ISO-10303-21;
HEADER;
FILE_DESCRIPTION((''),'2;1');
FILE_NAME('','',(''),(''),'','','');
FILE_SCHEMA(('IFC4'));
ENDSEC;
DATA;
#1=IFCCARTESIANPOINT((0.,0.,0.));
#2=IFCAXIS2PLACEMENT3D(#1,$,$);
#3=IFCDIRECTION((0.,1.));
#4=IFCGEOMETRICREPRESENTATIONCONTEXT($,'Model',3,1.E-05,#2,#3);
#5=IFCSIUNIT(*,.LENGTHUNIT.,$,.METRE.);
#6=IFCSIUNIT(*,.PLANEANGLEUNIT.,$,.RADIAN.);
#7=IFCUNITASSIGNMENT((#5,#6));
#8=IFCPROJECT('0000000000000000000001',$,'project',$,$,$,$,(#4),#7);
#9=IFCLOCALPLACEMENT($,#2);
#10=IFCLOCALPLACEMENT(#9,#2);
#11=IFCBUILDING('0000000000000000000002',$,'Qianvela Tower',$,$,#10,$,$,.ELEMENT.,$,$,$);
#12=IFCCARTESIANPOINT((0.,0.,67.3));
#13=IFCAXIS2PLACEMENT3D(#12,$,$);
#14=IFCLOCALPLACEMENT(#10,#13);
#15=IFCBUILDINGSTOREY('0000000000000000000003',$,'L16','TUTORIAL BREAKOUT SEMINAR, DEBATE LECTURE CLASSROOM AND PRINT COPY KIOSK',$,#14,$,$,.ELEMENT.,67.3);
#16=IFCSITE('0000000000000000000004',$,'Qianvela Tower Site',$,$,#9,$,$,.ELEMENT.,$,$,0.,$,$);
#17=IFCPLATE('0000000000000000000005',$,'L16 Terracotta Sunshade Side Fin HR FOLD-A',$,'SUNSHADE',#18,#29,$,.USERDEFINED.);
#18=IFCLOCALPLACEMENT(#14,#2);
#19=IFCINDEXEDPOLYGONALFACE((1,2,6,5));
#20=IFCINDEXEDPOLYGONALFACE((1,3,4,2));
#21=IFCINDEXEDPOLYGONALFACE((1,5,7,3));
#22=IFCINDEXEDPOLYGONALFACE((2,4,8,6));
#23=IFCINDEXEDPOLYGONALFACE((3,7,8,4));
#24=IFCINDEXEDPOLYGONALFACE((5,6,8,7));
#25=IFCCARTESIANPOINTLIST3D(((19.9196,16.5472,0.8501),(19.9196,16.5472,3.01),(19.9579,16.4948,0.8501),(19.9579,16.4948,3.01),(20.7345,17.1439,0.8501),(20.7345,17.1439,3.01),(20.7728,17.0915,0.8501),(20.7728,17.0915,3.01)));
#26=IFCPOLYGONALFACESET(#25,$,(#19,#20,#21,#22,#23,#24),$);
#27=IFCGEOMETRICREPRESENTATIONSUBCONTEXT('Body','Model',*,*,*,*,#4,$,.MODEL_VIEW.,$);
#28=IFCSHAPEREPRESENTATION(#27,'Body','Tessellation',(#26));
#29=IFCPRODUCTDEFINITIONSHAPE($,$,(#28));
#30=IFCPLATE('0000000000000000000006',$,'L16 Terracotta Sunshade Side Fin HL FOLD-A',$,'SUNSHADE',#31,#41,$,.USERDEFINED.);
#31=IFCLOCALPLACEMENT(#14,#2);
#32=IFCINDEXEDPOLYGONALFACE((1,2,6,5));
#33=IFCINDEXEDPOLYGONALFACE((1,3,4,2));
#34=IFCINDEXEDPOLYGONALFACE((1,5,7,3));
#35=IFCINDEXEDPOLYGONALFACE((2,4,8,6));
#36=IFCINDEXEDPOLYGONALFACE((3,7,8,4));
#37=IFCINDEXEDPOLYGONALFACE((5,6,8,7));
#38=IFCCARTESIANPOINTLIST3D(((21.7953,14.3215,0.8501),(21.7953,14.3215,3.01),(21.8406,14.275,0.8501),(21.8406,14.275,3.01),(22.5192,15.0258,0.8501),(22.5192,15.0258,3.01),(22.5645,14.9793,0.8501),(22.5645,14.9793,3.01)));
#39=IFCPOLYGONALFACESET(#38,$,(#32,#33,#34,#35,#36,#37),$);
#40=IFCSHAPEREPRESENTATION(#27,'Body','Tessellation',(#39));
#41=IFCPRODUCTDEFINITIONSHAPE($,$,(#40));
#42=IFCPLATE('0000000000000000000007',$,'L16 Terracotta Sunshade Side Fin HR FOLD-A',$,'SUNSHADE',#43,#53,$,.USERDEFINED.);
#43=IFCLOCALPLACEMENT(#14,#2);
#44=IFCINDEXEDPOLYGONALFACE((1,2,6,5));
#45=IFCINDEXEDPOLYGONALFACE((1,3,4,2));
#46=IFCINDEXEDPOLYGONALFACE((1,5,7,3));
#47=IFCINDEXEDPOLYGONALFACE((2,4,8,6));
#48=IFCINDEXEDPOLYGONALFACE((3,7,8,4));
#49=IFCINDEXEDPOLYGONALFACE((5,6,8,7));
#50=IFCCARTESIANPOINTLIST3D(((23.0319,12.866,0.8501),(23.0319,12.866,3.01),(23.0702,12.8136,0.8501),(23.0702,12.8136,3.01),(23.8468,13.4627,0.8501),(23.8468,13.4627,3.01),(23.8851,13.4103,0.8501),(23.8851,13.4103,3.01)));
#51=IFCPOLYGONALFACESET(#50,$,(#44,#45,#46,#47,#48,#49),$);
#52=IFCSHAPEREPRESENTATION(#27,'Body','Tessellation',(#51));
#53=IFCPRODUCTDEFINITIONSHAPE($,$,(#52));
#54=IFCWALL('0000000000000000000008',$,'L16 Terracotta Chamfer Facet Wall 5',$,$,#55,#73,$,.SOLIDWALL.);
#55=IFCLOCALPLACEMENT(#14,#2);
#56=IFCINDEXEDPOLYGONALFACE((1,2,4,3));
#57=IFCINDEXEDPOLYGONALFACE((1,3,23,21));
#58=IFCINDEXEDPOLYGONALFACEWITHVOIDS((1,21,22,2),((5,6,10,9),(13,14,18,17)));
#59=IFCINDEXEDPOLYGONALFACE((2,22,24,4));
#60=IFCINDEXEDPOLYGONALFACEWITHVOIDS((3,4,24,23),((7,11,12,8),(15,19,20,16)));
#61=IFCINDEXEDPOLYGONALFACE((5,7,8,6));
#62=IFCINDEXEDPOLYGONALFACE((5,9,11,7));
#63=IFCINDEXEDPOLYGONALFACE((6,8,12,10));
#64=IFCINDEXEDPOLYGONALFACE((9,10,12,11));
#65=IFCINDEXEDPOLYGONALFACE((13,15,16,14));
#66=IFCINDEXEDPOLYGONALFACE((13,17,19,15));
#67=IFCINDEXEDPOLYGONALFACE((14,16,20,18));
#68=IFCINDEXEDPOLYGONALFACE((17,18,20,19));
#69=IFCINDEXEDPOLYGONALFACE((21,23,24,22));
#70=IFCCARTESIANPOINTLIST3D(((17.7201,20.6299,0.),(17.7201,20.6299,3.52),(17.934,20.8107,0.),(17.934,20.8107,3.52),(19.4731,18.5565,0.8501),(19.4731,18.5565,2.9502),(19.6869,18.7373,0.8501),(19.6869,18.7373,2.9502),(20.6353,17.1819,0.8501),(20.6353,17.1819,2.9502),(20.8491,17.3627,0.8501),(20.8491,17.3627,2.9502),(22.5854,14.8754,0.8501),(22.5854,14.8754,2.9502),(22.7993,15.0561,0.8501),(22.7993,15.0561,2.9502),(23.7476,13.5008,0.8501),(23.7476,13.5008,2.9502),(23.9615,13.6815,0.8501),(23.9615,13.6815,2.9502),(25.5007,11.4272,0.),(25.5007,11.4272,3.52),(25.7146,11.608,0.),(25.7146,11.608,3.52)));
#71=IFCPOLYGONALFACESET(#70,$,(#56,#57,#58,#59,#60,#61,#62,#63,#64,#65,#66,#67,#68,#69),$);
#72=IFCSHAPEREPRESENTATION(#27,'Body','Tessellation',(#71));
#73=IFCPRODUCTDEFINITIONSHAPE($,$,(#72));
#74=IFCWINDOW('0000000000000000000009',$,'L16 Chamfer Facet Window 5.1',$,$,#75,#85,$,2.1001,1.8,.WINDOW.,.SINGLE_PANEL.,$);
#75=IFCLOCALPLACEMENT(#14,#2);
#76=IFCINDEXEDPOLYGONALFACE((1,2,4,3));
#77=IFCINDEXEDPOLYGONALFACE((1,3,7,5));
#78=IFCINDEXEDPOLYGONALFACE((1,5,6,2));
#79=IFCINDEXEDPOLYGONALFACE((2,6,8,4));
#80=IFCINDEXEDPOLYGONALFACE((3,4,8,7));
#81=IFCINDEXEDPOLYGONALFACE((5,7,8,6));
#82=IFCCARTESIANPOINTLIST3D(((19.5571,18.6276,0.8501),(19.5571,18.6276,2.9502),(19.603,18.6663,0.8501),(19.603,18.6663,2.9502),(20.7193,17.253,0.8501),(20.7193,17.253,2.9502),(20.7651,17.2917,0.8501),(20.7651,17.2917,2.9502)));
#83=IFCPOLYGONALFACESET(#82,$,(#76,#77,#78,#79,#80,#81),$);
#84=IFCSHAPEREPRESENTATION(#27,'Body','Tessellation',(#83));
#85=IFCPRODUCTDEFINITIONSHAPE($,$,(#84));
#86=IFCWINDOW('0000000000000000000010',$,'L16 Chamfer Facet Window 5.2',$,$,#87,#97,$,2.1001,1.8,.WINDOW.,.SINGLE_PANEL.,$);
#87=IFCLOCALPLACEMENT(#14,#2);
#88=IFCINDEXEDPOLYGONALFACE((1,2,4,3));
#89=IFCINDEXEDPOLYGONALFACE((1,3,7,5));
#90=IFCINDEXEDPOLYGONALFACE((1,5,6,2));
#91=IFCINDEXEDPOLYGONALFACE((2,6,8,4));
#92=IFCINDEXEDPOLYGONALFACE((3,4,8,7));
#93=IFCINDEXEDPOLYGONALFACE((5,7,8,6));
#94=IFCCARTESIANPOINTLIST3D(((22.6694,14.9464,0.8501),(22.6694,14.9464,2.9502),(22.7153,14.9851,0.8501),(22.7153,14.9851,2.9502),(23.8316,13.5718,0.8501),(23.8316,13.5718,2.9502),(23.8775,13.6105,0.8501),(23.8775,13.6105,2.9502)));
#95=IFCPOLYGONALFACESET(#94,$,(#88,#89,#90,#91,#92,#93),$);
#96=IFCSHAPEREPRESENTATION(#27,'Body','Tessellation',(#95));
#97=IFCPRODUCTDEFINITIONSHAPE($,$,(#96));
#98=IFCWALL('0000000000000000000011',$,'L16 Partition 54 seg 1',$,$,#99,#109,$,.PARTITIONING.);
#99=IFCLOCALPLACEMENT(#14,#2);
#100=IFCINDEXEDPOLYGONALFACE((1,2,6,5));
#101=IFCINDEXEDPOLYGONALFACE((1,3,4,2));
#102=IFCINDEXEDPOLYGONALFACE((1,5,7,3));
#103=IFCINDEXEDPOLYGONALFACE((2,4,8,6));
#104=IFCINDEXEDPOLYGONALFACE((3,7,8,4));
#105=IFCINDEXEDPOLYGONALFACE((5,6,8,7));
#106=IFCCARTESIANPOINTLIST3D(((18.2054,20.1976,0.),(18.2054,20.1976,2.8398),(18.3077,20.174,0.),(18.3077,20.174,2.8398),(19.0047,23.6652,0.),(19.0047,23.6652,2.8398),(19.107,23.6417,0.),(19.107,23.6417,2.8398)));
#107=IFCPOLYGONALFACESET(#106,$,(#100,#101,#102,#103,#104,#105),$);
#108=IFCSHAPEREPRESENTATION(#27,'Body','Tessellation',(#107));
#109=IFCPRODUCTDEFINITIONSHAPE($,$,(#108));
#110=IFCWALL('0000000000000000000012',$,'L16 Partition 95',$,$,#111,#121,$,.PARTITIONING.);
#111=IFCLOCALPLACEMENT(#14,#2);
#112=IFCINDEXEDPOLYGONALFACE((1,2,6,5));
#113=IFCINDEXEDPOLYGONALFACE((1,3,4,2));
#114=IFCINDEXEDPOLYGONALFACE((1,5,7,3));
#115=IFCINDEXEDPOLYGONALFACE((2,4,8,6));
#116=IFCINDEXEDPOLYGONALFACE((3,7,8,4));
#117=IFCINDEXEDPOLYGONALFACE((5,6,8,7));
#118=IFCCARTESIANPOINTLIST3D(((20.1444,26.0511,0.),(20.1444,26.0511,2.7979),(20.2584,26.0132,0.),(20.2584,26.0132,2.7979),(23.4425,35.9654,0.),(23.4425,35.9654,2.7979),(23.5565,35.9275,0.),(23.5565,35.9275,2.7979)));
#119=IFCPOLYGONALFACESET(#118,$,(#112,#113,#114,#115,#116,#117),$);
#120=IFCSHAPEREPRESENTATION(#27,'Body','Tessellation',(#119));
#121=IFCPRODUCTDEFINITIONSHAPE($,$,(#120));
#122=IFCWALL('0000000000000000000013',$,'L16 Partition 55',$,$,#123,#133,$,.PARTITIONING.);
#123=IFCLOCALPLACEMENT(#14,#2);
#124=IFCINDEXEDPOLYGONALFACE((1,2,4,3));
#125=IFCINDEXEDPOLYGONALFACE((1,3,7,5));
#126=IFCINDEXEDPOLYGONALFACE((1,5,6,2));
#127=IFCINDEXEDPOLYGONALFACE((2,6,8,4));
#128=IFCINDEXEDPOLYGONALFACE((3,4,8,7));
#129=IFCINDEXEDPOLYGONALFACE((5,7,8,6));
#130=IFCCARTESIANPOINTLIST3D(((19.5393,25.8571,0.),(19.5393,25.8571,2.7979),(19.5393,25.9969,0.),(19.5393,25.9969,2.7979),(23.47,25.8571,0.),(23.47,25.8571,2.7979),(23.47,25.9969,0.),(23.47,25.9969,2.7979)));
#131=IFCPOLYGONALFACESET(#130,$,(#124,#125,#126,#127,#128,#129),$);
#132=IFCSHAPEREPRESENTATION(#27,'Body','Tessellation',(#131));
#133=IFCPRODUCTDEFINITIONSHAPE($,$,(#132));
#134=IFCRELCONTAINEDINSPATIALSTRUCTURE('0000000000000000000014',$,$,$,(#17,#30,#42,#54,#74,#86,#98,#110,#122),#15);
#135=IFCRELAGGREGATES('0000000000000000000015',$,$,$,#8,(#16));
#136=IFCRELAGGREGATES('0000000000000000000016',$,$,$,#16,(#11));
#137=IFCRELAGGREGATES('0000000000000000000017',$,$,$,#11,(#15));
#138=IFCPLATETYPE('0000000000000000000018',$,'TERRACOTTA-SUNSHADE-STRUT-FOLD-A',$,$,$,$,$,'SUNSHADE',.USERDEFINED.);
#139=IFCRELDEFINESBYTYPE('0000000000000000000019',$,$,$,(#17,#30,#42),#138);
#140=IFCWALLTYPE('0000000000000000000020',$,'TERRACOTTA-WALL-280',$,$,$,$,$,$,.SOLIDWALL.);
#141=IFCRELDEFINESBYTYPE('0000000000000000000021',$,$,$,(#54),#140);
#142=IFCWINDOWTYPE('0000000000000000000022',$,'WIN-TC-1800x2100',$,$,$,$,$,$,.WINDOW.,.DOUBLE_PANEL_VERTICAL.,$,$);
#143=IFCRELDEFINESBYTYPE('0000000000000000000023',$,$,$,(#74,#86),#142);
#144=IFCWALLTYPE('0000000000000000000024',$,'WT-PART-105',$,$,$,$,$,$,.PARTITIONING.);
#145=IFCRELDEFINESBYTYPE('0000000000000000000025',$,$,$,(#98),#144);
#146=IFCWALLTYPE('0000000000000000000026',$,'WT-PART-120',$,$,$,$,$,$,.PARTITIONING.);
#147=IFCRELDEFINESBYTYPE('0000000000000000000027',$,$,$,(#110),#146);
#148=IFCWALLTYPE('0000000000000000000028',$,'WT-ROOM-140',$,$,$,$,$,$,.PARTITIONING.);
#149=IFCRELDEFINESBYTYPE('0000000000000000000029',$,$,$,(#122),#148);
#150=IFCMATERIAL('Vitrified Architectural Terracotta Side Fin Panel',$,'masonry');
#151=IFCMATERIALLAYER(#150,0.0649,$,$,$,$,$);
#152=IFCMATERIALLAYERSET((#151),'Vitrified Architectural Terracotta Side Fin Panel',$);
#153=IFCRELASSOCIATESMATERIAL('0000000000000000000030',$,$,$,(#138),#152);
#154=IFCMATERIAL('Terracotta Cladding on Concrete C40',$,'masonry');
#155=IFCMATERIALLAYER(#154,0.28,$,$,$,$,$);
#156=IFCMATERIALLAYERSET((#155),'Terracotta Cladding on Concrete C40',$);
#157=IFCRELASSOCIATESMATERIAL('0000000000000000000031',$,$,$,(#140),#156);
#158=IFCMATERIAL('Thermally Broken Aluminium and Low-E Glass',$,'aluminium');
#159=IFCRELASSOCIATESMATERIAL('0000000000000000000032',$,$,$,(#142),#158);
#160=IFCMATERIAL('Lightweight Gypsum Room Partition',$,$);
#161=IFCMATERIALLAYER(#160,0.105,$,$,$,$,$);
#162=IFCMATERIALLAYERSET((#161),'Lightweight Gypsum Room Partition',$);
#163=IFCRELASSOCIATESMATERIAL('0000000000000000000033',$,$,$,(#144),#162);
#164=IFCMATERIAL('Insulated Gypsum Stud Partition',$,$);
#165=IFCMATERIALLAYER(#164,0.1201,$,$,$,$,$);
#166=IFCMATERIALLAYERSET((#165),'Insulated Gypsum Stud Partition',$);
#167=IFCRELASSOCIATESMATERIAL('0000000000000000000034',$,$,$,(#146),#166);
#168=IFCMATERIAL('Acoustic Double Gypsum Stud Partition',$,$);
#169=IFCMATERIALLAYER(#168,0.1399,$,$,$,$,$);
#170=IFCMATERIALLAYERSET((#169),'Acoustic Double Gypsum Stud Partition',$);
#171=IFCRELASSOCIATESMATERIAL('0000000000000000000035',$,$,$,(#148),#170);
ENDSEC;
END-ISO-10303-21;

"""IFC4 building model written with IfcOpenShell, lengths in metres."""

from ifc_helpers import new_model, si_unit, direction, frame, frame_2d, origin, origin_2d, place, context, subcontext, project, spatial, rectangle, extrude, material, layer, layer_set, type_object, element, fill, save


model = new_model("IFC4")

# Units and contexts
model_context = context("Model", 3, precision=1e-05, world=origin(), true_north=direction((0.0, 1.0)))
body_context = subcontext(model_context, "Body", "Model", "MODEL_VIEW")
ifc_project = project(units=[si_unit("LENGTHUNIT", "METRE"), si_unit("PLANEANGLEUNIT", "RADIAN")], contexts=[model_context])

# Site, building, storey
site_placement = place(None, origin())
site = spatial("IfcSite", under=ifc_project, at=site_placement, Name="Qianvela Tower Site", CompositionType="ELEMENT", RefElevation=0.0)
building_placement = place(site_placement, origin())
building = spatial("IfcBuilding", under=site, at=building_placement, Name="Qianvela Tower", CompositionType="ELEMENT")
storey_placement = place(building_placement, frame((0.0, 0.0, 67.3)))
storey = spatial("IfcBuildingStorey", under=building, at=storey_placement, Name="L16", Description="TUTORIAL BREAKOUT SEMINAR, DEBATE LECTURE CLASSROOM AND PRINT COPY KIOSK", CompositionType="ELEMENT", Elevation=67.3)

# Plates
ifc_material_1 = material(Name="Vitrified Architectural Terracotta Side Fin Panel", Category="masonry")
ifc_layer_1 = layer(ifc_material_1, 0.0649)
ifc_layer_set_1 = layer_set([ifc_layer_1], Name="Vitrified Architectural Terracotta Side Fin Panel")
plate_type_1 = type_object("IfcPlateType", Name="TERRACOTTA-SUNSHADE-STRUT-FOLD-A", ElementType="SUNSHADE", PredefinedType="USERDEFINED", material=ifc_layer_set_1)
for number, where, z_axis, x_axis, name in (
    (1, (20.3462, 16.8193, 0.8501), (0.0, 0.0, 1.0), (0.590799, -0.806819, 0.0), "L16 Terracotta Sunshade Side Fin HR FOLD-A"),
    (2, (22.1799, 14.6504, 0.8501), (0.0, 0.0, 1.0), (0.697337, -0.716744, 0.0), "L16 Terracotta Sunshade Side Fin HL FOLD-A"),
    (3, (23.4585, 13.1382, 0.8501), (0.0, 0.0, 1.0), (0.590799, -0.806819, 0.0), "L16 Terracotta Sunshade Side Fin HR FOLD-A"),
):
    element("IfcPlate", number, at=place(storey_placement, frame(where, z_axis=z_axis, x_axis=x_axis)), inside=storey, type_object=plate_type_1, Name=name, ObjectType="SUNSHADE", PredefinedType="USERDEFINED", context=body_context, shape_type="SweptSolid", body=[
        extrude(rectangle(XDim=0.0649, YDim=1.01, at=origin_2d()), origin(), (0.0, 0.0, 1.0), 2.1599),
    ])

# Wall, openings, windows
ifc_material_2 = material(Name="Terracotta Cladding on Concrete C40", Category="masonry")
ifc_layer_2 = layer(ifc_material_2, 0.28)
ifc_layer_set_2 = layer_set([ifc_layer_2], Name="Terracotta Cladding on Concrete C40")
wall_type_1 = type_object("IfcWallType", Name="TERRACOTTA-WALL-280", PredefinedType="SOLIDWALL", material=ifc_layer_set_2)
wall_1_placement = place(storey_placement, frame((17.8271, 20.7202, 0.0), z_axis=(0.0, 0.0, 1.0), x_axis=(0.645636, -0.763645, 0.0)))
wall_1 = element("IfcWall", 4, at=wall_1_placement, inside=storey, type_object=wall_type_1, Name="L16 Terracotta Chamfer Facet Wall 5", PredefinedType="SOLIDWALL", context=body_context, shape_type="SweptSolid", body=[
    extrude(rectangle(XDim=12.051, YDim=0.28, at=frame_2d((6.0254, 0.0))), origin(), (0.0, 0.0, 1.0), 3.52),
])
opening_1_placement = place(wall_1_placement, frame((2.7151, 0.0, 0.8501)))
opening_1 = element("IfcOpeningElement", 5, at=opening_1_placement, cuts=wall_1, PredefinedType="OPENING", context=body_context, shape_type="SweptSolid", body=[
    extrude(rectangle(XDim=1.8, YDim=2.1001, at=frame_2d((0.8999, 1.05))), frame((0.0, 0.1499, 0.0), z_axis=(0.0, -1.0, 0.0), x_axis=(1.0, 0.0, 0.0)), (0.0, 0.0, 1.0), 0.3),
])
opening_2_placement = place(wall_1_placement, frame((7.5356, 0.0, 0.8501)))
opening_2 = element("IfcOpeningElement", 6, at=opening_2_placement, cuts=wall_1, PredefinedType="OPENING", context=body_context, shape_type="SweptSolid", body=[
    extrude(rectangle(XDim=1.8, YDim=2.1001, at=frame_2d((0.8999, 1.05))), frame((0.0, 0.1499, 0.0), z_axis=(0.0, -1.0, 0.0), x_axis=(1.0, 0.0, 0.0)), (0.0, 0.0, 1.0), 0.3),
])
ifc_material_3 = material(Name="Thermally Broken Aluminium and Low-E Glass", Category="aluminium")
window_type = type_object("IfcWindowType", Name="WIN-TC-1800x2100", PartitioningType="DOUBLE_PANEL_VERTICAL", PredefinedType="WINDOW", material=ifc_material_3)
window_1_placement = place(opening_1_placement, origin())
window_1 = element("IfcWindow", 7, at=window_1_placement, inside=storey, type_object=window_type, Name="L16 Chamfer Facet Window 5.1", OverallHeight=2.1001, OverallWidth=1.8, PartitioningType="SINGLE_PANEL", PredefinedType="WINDOW", context=body_context, shape_type="SweptSolid", body=[
    extrude(rectangle(XDim=1.8, YDim=2.1001, at=frame_2d((0.8999, 1.05))), frame((0.0, 0.03, 0.0), z_axis=(0.0, -1.0, 0.0), x_axis=(1.0, 0.0, 0.0)), (0.0, 0.0, 1.0), 0.0601),
])
fill(opening_1, window_1)
window_2_placement = place(opening_2_placement, origin())
window_2 = element("IfcWindow", 8, at=window_2_placement, inside=storey, type_object=window_type, Name="L16 Chamfer Facet Window 5.2", OverallHeight=2.1001, OverallWidth=1.8, PartitioningType="SINGLE_PANEL", PredefinedType="WINDOW", context=body_context, shape_type="SweptSolid", body=[
    extrude(rectangle(XDim=1.8, YDim=2.1001, at=frame_2d((0.8999, 1.05))), frame((0.0, 0.03, 0.0), z_axis=(0.0, -1.0, 0.0), x_axis=(1.0, 0.0, 0.0)), (0.0, 0.0, 1.0), 0.0601),
])
fill(opening_2, window_2)

# Walls
ifc_material_4 = material(Name="Lightweight Gypsum Room Partition")
ifc_layer_3 = layer(ifc_material_4, 0.105)
ifc_layer_set_3 = layer_set([ifc_layer_3], Name="Lightweight Gypsum Room Partition")
wall_type_2 = type_object("IfcWallType", Name="WT-PART-105", PredefinedType="PARTITIONING", material=ifc_layer_set_3)
wall_2_placement = place(storey_placement, frame((18.2566, 20.1858, 0.0), z_axis=(0.0, 0.0, 1.0), x_axis=(0.224609, 0.974449, 0.0)))
element("IfcWall", 9, at=wall_2_placement, inside=storey, type_object=wall_type_2, Name="L16 Partition 54 seg 1", PredefinedType="PARTITIONING", context=body_context, shape_type="SweptSolid", body=[
    extrude(rectangle(XDim=3.5586, YDim=0.105, at=frame_2d((1.7793, 0.0))), origin(), (0.0, 0.0, 1.0), 2.8398),
])
ifc_material_5 = material(Name="Insulated Gypsum Stud Partition")
ifc_layer_4 = layer(ifc_material_5, 0.1201)
ifc_layer_set_4 = layer_set([ifc_layer_4], Name="Insulated Gypsum Stud Partition")
wall_type_3 = type_object("IfcWallType", Name="WT-PART-120", PredefinedType="PARTITIONING", material=ifc_layer_set_4)
wall_3_placement = place(storey_placement, frame((20.2014, 26.0322, 0.0), z_axis=(0.0, 0.0, 1.0), x_axis=(0.315653, 0.948875, 0.0)))
element("IfcWall", 10, at=wall_3_placement, inside=storey, type_object=wall_type_3, Name="L16 Partition 95", PredefinedType="PARTITIONING", context=body_context, shape_type="SweptSolid", body=[
    extrude(rectangle(XDim=10.4485, YDim=0.1201, at=frame_2d((5.2241, 0.0))), origin(), (0.0, 0.0, 1.0), 2.7979),
])
ifc_material_6 = material(Name="Acoustic Double Gypsum Stud Partition")
ifc_layer_5 = layer(ifc_material_6, 0.1399)
ifc_layer_set_5 = layer_set([ifc_layer_5], Name="Acoustic Double Gypsum Stud Partition")
wall_type_4 = type_object("IfcWallType", Name="WT-ROOM-140", PredefinedType="PARTITIONING", material=ifc_layer_set_5)
wall_4_placement = place(storey_placement, frame((19.5393, 25.927, 0.0), z_axis=(0.0, 0.0, 1.0), x_axis=(1.0, 0.0, 0.0)))
element("IfcWall", 11, at=wall_4_placement, inside=storey, type_object=wall_type_4, Name="L16 Partition 55", PredefinedType="PARTITIONING", context=body_context, shape_type="SweptSolid", body=[
    extrude(rectangle(XDim=3.9307, YDim=0.1399, at=frame_2d((1.9653, 0.0))), origin(), (0.0, 0.0, 1.0), 2.7979),
])

save(model, "model.ifc")
